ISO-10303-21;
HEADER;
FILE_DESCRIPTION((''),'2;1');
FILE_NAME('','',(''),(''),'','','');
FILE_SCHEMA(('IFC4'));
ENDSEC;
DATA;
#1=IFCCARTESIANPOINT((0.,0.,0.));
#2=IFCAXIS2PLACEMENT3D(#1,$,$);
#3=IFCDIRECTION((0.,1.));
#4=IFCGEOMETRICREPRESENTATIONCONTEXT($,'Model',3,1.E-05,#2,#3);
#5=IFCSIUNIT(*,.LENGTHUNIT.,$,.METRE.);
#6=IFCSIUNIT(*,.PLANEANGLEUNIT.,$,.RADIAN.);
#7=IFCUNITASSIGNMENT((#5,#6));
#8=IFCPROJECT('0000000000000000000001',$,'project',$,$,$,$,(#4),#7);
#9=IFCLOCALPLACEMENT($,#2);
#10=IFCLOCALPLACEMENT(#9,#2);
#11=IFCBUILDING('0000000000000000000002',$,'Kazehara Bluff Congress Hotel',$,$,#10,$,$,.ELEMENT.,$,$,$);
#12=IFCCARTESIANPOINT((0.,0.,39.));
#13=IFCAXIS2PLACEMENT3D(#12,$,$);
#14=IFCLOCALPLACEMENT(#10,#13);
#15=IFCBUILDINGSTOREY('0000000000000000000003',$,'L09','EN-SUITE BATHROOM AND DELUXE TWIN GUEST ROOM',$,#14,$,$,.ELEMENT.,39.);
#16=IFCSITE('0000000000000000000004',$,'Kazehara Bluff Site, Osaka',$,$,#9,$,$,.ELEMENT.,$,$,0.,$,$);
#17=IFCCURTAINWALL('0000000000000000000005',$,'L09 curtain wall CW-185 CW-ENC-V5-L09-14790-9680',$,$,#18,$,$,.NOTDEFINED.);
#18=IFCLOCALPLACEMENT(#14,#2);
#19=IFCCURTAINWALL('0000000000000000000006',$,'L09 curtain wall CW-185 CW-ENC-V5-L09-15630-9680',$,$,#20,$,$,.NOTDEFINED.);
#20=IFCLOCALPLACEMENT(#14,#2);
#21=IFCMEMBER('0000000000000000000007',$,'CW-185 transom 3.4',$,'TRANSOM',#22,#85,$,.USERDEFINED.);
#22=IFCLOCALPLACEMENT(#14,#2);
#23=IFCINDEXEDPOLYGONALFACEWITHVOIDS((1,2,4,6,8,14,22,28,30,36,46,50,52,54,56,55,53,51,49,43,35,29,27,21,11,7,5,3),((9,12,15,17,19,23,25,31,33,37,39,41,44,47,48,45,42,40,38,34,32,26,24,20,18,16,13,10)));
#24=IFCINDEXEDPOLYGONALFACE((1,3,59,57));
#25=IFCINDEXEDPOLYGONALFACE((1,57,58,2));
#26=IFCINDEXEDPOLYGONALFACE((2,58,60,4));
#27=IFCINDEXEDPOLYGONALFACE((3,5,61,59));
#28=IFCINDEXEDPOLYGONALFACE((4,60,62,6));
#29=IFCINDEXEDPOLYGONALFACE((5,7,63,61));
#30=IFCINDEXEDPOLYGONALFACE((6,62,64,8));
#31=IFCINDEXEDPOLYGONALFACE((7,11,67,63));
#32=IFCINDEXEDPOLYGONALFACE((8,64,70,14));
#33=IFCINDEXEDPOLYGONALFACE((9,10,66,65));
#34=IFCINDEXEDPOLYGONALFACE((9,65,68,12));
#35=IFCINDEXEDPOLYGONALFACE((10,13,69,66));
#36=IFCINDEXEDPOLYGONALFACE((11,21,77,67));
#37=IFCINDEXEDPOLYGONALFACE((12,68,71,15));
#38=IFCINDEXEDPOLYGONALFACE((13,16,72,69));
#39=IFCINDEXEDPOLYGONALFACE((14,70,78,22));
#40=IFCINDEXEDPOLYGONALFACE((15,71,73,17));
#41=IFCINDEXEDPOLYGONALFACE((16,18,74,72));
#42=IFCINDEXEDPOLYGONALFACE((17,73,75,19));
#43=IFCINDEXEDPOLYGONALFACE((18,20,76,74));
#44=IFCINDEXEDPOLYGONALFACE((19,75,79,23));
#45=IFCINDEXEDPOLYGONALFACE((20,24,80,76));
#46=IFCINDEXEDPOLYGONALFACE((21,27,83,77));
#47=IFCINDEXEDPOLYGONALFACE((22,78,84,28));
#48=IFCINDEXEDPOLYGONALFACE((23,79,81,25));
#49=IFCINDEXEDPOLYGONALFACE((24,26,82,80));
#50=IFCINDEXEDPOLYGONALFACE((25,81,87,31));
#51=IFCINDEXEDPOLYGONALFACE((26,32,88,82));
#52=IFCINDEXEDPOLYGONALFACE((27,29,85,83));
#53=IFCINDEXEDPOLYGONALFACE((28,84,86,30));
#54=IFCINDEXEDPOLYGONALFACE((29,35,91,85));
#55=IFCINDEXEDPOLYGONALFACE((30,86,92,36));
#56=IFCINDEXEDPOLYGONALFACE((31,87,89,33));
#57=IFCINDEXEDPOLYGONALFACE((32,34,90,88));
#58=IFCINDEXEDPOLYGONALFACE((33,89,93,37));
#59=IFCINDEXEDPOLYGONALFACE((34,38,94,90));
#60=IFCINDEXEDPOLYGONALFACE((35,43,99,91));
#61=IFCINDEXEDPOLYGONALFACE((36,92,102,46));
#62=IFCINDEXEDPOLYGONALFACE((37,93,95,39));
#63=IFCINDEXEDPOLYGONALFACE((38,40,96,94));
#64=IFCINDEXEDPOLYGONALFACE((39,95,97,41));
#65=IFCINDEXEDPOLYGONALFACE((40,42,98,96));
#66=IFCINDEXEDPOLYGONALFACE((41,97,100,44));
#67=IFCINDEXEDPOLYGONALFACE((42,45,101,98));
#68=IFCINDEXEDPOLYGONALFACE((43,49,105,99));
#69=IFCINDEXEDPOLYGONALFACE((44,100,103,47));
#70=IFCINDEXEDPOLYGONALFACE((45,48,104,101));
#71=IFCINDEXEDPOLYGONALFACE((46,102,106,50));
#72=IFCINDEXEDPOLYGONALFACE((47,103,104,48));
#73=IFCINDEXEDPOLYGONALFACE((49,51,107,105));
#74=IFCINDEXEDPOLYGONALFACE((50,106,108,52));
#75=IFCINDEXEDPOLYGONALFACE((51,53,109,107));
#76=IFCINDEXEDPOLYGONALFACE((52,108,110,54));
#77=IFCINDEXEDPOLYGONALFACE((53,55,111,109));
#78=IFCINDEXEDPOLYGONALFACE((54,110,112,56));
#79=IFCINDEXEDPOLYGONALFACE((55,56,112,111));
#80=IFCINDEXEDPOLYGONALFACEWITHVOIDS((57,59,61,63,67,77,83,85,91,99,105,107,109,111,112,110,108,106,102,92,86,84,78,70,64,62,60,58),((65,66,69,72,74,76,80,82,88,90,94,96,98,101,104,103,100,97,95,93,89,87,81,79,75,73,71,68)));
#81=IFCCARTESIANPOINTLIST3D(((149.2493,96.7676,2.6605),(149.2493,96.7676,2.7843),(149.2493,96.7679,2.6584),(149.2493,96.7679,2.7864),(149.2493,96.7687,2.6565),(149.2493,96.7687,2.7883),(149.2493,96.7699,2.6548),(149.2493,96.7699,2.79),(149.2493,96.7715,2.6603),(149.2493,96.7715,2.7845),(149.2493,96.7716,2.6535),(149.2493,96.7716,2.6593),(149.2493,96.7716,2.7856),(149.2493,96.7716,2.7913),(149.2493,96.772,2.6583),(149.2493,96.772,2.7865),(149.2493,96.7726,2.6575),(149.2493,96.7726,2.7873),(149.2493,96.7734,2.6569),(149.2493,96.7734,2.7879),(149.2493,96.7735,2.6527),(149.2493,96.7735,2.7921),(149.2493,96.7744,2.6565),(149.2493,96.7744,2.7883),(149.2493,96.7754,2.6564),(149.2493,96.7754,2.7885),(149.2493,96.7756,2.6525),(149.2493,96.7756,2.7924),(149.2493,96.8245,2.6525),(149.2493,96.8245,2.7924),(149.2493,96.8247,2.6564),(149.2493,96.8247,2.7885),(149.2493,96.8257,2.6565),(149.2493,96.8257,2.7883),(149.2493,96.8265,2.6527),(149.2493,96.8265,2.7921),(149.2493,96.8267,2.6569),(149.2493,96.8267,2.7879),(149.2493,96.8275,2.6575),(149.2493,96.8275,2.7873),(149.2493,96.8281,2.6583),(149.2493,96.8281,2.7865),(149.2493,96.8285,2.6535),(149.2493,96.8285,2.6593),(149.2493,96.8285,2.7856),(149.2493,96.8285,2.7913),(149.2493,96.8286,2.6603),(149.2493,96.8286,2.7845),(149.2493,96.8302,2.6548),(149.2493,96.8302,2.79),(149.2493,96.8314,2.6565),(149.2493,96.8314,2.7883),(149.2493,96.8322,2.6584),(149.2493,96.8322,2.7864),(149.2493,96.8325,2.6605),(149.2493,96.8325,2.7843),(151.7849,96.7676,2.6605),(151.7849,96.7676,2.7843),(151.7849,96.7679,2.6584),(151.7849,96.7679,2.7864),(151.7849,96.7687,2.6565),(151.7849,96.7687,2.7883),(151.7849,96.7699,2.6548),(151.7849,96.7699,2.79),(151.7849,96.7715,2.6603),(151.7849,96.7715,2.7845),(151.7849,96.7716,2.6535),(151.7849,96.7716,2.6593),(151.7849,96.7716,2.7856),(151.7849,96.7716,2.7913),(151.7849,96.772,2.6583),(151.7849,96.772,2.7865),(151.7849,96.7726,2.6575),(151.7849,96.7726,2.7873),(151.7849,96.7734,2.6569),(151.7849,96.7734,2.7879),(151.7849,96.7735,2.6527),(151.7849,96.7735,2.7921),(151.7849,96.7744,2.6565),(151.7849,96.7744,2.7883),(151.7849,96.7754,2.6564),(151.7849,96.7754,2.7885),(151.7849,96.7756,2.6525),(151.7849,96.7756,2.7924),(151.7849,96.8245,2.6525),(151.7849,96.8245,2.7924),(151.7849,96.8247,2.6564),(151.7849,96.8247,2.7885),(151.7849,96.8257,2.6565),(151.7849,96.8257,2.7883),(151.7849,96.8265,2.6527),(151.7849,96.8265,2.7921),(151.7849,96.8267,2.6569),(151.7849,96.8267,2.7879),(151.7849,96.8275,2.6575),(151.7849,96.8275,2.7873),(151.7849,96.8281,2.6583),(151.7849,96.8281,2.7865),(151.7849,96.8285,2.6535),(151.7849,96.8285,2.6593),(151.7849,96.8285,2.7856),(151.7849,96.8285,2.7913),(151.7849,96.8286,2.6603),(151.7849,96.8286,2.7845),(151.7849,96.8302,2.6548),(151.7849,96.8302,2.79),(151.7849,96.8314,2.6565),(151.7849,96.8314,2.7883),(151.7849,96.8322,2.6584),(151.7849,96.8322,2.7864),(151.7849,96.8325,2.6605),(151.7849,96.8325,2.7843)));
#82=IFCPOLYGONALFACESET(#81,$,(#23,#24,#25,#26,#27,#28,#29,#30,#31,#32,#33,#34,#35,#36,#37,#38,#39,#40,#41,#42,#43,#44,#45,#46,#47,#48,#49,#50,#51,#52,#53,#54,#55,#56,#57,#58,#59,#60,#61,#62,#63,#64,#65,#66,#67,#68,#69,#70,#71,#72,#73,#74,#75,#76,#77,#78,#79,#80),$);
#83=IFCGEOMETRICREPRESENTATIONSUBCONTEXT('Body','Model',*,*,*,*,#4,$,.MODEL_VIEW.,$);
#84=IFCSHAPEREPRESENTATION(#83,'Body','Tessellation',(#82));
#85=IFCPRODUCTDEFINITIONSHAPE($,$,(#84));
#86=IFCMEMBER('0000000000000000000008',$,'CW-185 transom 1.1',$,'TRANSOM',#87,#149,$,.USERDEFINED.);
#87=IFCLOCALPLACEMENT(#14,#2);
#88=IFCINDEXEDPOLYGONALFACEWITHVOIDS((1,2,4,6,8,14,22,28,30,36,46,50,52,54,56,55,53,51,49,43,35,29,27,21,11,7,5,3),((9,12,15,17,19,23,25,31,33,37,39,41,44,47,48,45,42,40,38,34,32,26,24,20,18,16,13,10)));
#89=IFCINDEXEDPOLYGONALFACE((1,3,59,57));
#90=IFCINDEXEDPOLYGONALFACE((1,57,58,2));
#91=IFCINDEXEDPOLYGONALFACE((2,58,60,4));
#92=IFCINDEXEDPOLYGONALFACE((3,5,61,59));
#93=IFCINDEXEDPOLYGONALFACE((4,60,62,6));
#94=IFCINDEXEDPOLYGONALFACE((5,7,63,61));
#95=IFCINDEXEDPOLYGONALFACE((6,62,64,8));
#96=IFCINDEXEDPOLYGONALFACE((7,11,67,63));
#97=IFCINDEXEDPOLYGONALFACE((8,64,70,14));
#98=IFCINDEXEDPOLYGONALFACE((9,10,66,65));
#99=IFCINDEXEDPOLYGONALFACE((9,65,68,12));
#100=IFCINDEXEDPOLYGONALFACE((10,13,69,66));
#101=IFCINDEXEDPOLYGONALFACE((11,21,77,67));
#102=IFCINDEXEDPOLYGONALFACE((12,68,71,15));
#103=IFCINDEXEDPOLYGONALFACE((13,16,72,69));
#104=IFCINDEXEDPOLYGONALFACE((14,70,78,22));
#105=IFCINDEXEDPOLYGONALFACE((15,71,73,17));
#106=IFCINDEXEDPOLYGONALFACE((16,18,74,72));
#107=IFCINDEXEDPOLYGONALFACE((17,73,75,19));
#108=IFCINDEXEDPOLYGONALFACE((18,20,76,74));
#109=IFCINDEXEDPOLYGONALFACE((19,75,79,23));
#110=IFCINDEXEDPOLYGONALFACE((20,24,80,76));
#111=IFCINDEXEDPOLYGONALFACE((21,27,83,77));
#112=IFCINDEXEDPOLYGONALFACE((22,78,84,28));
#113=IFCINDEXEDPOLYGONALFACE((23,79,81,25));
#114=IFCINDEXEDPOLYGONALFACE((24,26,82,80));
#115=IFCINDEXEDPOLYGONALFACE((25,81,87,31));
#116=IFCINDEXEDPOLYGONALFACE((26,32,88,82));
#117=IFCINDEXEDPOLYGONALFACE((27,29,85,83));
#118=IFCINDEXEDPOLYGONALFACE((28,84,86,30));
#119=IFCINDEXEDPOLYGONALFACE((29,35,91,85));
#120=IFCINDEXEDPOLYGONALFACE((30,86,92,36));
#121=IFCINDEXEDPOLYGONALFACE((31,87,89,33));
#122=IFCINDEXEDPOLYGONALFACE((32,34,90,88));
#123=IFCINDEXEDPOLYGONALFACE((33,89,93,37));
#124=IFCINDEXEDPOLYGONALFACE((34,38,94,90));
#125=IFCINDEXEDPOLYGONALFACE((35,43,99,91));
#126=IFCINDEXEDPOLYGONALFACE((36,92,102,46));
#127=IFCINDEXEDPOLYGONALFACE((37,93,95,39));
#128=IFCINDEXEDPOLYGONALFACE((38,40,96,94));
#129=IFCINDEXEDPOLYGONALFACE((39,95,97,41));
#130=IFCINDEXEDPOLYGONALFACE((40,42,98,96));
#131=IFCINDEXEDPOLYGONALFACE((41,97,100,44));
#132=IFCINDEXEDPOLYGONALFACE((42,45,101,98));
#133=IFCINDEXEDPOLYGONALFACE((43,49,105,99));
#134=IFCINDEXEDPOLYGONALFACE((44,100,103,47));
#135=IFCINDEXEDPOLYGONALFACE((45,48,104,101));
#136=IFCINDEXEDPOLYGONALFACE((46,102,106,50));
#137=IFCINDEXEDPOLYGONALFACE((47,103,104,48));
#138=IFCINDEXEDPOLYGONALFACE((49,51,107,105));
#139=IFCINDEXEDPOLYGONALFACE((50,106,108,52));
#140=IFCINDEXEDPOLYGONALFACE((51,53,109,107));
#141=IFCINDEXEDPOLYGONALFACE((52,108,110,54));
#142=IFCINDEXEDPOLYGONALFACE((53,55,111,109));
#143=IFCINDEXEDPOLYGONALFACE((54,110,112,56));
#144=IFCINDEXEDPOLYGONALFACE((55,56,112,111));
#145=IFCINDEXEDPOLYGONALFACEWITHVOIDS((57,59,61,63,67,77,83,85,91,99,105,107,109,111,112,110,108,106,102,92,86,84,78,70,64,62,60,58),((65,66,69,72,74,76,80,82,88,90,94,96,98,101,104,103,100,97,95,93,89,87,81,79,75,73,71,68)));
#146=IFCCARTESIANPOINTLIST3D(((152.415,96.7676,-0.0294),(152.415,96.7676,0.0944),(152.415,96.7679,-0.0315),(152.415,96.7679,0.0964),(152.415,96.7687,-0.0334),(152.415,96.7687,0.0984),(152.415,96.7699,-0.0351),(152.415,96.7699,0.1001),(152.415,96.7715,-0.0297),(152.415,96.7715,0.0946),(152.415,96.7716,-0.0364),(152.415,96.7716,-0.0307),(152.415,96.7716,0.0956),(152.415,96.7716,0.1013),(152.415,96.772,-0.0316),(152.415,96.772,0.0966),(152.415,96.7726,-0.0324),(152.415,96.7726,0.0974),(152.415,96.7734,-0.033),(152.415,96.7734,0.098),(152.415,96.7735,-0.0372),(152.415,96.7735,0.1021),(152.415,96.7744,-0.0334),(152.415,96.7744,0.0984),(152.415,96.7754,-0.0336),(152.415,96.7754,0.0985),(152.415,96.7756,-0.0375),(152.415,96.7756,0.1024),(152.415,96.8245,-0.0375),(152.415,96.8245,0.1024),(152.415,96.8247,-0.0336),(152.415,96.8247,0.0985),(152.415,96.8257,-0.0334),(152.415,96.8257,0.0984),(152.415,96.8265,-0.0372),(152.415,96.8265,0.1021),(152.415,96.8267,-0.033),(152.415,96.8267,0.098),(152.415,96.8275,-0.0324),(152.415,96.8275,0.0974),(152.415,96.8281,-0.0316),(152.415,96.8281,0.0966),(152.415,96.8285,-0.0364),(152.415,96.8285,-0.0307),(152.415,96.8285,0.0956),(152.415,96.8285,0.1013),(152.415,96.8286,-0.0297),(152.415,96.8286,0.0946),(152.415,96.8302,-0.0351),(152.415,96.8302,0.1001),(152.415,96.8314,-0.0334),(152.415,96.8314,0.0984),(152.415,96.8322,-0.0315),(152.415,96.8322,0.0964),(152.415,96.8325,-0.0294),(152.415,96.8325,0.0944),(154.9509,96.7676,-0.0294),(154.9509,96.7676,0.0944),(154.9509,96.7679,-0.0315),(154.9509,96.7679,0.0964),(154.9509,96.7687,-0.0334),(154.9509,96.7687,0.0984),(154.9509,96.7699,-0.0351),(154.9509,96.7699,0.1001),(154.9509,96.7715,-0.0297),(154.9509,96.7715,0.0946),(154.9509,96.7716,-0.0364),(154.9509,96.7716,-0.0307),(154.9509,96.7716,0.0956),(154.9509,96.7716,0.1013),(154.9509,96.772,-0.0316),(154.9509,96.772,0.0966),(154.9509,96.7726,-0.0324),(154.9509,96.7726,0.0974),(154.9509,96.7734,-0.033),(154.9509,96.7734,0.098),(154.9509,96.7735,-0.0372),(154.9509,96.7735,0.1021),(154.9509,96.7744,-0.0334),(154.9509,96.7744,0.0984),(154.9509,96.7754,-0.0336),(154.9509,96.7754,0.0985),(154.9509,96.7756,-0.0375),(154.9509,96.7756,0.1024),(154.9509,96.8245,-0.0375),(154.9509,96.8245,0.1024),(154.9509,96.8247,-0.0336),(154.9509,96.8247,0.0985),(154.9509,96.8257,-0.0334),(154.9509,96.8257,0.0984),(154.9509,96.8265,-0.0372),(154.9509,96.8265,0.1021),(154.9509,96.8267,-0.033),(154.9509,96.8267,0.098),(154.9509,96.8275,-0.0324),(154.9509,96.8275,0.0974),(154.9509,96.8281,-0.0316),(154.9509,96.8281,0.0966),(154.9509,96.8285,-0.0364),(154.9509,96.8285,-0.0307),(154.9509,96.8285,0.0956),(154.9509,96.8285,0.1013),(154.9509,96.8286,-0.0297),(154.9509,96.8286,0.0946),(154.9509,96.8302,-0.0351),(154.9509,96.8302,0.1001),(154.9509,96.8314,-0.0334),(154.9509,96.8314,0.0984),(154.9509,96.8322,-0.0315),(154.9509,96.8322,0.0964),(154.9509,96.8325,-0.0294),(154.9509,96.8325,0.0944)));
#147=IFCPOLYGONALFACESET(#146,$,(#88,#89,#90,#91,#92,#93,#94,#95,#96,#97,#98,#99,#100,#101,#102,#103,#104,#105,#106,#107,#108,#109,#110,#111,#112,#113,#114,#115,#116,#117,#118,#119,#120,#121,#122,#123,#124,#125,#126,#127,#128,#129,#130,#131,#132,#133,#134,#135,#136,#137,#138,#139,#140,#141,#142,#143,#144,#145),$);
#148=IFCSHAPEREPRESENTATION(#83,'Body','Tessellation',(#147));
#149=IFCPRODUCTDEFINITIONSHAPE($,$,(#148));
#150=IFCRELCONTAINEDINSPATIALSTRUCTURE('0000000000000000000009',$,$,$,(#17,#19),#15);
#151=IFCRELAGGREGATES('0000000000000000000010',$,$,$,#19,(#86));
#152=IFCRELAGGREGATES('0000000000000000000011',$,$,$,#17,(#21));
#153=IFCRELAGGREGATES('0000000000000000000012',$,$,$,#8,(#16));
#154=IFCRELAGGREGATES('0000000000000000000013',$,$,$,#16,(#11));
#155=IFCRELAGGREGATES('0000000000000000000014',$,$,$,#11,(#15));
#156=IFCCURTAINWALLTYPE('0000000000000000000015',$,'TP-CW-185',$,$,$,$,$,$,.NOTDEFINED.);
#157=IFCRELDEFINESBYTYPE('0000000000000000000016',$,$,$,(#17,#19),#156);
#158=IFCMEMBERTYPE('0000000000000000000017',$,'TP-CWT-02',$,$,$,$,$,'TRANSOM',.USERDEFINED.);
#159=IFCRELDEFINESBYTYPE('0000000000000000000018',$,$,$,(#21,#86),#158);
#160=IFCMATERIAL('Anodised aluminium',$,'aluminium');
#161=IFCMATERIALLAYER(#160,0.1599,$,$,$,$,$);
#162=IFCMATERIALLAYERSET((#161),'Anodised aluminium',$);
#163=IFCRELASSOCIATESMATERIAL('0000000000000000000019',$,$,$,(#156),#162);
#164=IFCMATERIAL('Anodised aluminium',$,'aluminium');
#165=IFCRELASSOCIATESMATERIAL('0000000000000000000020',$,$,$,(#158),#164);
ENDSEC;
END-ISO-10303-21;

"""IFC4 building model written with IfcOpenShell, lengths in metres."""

from ifc_helpers import new_model, si_unit, direction, frame, origin, origin_2d, place, context, subcontext, project, spatial, hollow_rectangle, extrude, material, layer, layer_set, material_profile, profile_set, type_object, element, aggregate, save


model = new_model("IFC4")

# Units and contexts
model_context = context("Model", 3, precision=1e-05, world=origin(), true_north=direction((0.0, 1.0)))
body_context = subcontext(model_context, "Body", "Model", "MODEL_VIEW")
ifc_project = project(units=[si_unit("LENGTHUNIT", "METRE"), si_unit("PLANEANGLEUNIT", "RADIAN")], contexts=[model_context])

# Site, building, storey
site_placement = place(None, origin())
site = spatial("IfcSite", under=ifc_project, at=site_placement, Name="Kazehara Bluff Site, Osaka", CompositionType="ELEMENT", RefElevation=0.0)
building_placement = place(site_placement, origin())
building = spatial("IfcBuilding", under=site, at=building_placement, Name="Kazehara Bluff Congress Hotel", CompositionType="ELEMENT")
storey_placement = place(building_placement, frame((0.0, 0.0, 39.0)))
storey = spatial("IfcBuildingStorey", under=building, at=storey_placement, Name="L09", Description="EN-SUITE BATHROOM AND DELUXE TWIN GUEST ROOM", CompositionType="ELEMENT", Elevation=39.0)

# Curtain wall
ifc_material_1 = material(Name="Anodised aluminium", Category="aluminium")
ifc_layer_1 = layer(ifc_material_1, 0.1599)
ifc_layer_set_1 = layer_set([ifc_layer_1], Name="Anodised aluminium")
curtain_wall_type = type_object("IfcCurtainWallType", Name="TP-CW-185", PredefinedType="NOTDEFINED", material=ifc_layer_set_1)
curtain_wall_1_placement = place(storey_placement, origin())
curtain_wall_1 = element("IfcCurtainWall", 1, at=curtain_wall_1_placement, inside=storey, type_object=curtain_wall_type, Name="L09 curtain wall CW-185 CW-ENC-V5-L09-14790-9680", PredefinedType="NOTDEFINED")

# Curtain wall
curtain_wall_2_placement = place(storey_placement, origin())
curtain_wall_2 = element("IfcCurtainWall", 2, at=curtain_wall_2_placement, inside=storey, type_object=curtain_wall_type, Name="L09 curtain wall CW-185 CW-ENC-V5-L09-15630-9680", PredefinedType="NOTDEFINED")

# Members
ifc_material_2 = material(Name="Anodised aluminium", Category="aluminium")
ifc_material_profile_1 = material_profile(ifc_material_2, hollow_rectangle(XDim=0.0649, YDim=0.1399, WallThickness=0.0039, InnerFilletRadius=0.0039, OuterFilletRadius=0.0081, at=origin_2d()))
ifc_profile_set_1 = profile_set([ifc_material_profile_1], Name="Anodised aluminium")
member_type_1 = type_object("IfcMemberType", Name="TP-CWT-02", ElementType="TRANSOM", PredefinedType="USERDEFINED", material=ifc_profile_set_1)
member_1_placement = place(storey_placement, frame((149.2493, 96.8, 2.7224), z_axis=(1.0, 0.0, 0.0), x_axis=(0.0, 1.0, 0.0)))
member_1 = element("IfcMember", 3, at=member_1_placement, type_object=member_type_1, Name="CW-185 transom 3.4", ObjectType="TRANSOM", PredefinedType="USERDEFINED", context=body_context, shape_type="SweptSolid", body=[
    extrude(hollow_rectangle(XDim=0.0649, YDim=0.1399, WallThickness=0.0039, InnerFilletRadius=0.0039, OuterFilletRadius=0.0081, at=origin_2d()), origin(), (0.0, 0.0, 1.0), 2.5356),
])
member_2_placement = place(storey_placement, frame((152.415, 96.8, 0.0325), z_axis=(1.0, 0.0, 0.0), x_axis=(0.0, 1.0, 0.0)))
member_2 = element("IfcMember", 4, at=member_2_placement, type_object=member_type_1, Name="CW-185 transom 1.1", ObjectType="TRANSOM", PredefinedType="USERDEFINED", context=body_context, shape_type="SweptSolid", body=[
    extrude(hollow_rectangle(XDim=0.0649, YDim=0.1399, WallThickness=0.0039, InnerFilletRadius=0.0039, OuterFilletRadius=0.0081, at=origin_2d()), origin(), (0.0, 0.0, 1.0), 2.5359),
])
aggregate(curtain_wall_2, [member_2])

aggregate(curtain_wall_1, [member_1])

save(model, "model.ifc")
